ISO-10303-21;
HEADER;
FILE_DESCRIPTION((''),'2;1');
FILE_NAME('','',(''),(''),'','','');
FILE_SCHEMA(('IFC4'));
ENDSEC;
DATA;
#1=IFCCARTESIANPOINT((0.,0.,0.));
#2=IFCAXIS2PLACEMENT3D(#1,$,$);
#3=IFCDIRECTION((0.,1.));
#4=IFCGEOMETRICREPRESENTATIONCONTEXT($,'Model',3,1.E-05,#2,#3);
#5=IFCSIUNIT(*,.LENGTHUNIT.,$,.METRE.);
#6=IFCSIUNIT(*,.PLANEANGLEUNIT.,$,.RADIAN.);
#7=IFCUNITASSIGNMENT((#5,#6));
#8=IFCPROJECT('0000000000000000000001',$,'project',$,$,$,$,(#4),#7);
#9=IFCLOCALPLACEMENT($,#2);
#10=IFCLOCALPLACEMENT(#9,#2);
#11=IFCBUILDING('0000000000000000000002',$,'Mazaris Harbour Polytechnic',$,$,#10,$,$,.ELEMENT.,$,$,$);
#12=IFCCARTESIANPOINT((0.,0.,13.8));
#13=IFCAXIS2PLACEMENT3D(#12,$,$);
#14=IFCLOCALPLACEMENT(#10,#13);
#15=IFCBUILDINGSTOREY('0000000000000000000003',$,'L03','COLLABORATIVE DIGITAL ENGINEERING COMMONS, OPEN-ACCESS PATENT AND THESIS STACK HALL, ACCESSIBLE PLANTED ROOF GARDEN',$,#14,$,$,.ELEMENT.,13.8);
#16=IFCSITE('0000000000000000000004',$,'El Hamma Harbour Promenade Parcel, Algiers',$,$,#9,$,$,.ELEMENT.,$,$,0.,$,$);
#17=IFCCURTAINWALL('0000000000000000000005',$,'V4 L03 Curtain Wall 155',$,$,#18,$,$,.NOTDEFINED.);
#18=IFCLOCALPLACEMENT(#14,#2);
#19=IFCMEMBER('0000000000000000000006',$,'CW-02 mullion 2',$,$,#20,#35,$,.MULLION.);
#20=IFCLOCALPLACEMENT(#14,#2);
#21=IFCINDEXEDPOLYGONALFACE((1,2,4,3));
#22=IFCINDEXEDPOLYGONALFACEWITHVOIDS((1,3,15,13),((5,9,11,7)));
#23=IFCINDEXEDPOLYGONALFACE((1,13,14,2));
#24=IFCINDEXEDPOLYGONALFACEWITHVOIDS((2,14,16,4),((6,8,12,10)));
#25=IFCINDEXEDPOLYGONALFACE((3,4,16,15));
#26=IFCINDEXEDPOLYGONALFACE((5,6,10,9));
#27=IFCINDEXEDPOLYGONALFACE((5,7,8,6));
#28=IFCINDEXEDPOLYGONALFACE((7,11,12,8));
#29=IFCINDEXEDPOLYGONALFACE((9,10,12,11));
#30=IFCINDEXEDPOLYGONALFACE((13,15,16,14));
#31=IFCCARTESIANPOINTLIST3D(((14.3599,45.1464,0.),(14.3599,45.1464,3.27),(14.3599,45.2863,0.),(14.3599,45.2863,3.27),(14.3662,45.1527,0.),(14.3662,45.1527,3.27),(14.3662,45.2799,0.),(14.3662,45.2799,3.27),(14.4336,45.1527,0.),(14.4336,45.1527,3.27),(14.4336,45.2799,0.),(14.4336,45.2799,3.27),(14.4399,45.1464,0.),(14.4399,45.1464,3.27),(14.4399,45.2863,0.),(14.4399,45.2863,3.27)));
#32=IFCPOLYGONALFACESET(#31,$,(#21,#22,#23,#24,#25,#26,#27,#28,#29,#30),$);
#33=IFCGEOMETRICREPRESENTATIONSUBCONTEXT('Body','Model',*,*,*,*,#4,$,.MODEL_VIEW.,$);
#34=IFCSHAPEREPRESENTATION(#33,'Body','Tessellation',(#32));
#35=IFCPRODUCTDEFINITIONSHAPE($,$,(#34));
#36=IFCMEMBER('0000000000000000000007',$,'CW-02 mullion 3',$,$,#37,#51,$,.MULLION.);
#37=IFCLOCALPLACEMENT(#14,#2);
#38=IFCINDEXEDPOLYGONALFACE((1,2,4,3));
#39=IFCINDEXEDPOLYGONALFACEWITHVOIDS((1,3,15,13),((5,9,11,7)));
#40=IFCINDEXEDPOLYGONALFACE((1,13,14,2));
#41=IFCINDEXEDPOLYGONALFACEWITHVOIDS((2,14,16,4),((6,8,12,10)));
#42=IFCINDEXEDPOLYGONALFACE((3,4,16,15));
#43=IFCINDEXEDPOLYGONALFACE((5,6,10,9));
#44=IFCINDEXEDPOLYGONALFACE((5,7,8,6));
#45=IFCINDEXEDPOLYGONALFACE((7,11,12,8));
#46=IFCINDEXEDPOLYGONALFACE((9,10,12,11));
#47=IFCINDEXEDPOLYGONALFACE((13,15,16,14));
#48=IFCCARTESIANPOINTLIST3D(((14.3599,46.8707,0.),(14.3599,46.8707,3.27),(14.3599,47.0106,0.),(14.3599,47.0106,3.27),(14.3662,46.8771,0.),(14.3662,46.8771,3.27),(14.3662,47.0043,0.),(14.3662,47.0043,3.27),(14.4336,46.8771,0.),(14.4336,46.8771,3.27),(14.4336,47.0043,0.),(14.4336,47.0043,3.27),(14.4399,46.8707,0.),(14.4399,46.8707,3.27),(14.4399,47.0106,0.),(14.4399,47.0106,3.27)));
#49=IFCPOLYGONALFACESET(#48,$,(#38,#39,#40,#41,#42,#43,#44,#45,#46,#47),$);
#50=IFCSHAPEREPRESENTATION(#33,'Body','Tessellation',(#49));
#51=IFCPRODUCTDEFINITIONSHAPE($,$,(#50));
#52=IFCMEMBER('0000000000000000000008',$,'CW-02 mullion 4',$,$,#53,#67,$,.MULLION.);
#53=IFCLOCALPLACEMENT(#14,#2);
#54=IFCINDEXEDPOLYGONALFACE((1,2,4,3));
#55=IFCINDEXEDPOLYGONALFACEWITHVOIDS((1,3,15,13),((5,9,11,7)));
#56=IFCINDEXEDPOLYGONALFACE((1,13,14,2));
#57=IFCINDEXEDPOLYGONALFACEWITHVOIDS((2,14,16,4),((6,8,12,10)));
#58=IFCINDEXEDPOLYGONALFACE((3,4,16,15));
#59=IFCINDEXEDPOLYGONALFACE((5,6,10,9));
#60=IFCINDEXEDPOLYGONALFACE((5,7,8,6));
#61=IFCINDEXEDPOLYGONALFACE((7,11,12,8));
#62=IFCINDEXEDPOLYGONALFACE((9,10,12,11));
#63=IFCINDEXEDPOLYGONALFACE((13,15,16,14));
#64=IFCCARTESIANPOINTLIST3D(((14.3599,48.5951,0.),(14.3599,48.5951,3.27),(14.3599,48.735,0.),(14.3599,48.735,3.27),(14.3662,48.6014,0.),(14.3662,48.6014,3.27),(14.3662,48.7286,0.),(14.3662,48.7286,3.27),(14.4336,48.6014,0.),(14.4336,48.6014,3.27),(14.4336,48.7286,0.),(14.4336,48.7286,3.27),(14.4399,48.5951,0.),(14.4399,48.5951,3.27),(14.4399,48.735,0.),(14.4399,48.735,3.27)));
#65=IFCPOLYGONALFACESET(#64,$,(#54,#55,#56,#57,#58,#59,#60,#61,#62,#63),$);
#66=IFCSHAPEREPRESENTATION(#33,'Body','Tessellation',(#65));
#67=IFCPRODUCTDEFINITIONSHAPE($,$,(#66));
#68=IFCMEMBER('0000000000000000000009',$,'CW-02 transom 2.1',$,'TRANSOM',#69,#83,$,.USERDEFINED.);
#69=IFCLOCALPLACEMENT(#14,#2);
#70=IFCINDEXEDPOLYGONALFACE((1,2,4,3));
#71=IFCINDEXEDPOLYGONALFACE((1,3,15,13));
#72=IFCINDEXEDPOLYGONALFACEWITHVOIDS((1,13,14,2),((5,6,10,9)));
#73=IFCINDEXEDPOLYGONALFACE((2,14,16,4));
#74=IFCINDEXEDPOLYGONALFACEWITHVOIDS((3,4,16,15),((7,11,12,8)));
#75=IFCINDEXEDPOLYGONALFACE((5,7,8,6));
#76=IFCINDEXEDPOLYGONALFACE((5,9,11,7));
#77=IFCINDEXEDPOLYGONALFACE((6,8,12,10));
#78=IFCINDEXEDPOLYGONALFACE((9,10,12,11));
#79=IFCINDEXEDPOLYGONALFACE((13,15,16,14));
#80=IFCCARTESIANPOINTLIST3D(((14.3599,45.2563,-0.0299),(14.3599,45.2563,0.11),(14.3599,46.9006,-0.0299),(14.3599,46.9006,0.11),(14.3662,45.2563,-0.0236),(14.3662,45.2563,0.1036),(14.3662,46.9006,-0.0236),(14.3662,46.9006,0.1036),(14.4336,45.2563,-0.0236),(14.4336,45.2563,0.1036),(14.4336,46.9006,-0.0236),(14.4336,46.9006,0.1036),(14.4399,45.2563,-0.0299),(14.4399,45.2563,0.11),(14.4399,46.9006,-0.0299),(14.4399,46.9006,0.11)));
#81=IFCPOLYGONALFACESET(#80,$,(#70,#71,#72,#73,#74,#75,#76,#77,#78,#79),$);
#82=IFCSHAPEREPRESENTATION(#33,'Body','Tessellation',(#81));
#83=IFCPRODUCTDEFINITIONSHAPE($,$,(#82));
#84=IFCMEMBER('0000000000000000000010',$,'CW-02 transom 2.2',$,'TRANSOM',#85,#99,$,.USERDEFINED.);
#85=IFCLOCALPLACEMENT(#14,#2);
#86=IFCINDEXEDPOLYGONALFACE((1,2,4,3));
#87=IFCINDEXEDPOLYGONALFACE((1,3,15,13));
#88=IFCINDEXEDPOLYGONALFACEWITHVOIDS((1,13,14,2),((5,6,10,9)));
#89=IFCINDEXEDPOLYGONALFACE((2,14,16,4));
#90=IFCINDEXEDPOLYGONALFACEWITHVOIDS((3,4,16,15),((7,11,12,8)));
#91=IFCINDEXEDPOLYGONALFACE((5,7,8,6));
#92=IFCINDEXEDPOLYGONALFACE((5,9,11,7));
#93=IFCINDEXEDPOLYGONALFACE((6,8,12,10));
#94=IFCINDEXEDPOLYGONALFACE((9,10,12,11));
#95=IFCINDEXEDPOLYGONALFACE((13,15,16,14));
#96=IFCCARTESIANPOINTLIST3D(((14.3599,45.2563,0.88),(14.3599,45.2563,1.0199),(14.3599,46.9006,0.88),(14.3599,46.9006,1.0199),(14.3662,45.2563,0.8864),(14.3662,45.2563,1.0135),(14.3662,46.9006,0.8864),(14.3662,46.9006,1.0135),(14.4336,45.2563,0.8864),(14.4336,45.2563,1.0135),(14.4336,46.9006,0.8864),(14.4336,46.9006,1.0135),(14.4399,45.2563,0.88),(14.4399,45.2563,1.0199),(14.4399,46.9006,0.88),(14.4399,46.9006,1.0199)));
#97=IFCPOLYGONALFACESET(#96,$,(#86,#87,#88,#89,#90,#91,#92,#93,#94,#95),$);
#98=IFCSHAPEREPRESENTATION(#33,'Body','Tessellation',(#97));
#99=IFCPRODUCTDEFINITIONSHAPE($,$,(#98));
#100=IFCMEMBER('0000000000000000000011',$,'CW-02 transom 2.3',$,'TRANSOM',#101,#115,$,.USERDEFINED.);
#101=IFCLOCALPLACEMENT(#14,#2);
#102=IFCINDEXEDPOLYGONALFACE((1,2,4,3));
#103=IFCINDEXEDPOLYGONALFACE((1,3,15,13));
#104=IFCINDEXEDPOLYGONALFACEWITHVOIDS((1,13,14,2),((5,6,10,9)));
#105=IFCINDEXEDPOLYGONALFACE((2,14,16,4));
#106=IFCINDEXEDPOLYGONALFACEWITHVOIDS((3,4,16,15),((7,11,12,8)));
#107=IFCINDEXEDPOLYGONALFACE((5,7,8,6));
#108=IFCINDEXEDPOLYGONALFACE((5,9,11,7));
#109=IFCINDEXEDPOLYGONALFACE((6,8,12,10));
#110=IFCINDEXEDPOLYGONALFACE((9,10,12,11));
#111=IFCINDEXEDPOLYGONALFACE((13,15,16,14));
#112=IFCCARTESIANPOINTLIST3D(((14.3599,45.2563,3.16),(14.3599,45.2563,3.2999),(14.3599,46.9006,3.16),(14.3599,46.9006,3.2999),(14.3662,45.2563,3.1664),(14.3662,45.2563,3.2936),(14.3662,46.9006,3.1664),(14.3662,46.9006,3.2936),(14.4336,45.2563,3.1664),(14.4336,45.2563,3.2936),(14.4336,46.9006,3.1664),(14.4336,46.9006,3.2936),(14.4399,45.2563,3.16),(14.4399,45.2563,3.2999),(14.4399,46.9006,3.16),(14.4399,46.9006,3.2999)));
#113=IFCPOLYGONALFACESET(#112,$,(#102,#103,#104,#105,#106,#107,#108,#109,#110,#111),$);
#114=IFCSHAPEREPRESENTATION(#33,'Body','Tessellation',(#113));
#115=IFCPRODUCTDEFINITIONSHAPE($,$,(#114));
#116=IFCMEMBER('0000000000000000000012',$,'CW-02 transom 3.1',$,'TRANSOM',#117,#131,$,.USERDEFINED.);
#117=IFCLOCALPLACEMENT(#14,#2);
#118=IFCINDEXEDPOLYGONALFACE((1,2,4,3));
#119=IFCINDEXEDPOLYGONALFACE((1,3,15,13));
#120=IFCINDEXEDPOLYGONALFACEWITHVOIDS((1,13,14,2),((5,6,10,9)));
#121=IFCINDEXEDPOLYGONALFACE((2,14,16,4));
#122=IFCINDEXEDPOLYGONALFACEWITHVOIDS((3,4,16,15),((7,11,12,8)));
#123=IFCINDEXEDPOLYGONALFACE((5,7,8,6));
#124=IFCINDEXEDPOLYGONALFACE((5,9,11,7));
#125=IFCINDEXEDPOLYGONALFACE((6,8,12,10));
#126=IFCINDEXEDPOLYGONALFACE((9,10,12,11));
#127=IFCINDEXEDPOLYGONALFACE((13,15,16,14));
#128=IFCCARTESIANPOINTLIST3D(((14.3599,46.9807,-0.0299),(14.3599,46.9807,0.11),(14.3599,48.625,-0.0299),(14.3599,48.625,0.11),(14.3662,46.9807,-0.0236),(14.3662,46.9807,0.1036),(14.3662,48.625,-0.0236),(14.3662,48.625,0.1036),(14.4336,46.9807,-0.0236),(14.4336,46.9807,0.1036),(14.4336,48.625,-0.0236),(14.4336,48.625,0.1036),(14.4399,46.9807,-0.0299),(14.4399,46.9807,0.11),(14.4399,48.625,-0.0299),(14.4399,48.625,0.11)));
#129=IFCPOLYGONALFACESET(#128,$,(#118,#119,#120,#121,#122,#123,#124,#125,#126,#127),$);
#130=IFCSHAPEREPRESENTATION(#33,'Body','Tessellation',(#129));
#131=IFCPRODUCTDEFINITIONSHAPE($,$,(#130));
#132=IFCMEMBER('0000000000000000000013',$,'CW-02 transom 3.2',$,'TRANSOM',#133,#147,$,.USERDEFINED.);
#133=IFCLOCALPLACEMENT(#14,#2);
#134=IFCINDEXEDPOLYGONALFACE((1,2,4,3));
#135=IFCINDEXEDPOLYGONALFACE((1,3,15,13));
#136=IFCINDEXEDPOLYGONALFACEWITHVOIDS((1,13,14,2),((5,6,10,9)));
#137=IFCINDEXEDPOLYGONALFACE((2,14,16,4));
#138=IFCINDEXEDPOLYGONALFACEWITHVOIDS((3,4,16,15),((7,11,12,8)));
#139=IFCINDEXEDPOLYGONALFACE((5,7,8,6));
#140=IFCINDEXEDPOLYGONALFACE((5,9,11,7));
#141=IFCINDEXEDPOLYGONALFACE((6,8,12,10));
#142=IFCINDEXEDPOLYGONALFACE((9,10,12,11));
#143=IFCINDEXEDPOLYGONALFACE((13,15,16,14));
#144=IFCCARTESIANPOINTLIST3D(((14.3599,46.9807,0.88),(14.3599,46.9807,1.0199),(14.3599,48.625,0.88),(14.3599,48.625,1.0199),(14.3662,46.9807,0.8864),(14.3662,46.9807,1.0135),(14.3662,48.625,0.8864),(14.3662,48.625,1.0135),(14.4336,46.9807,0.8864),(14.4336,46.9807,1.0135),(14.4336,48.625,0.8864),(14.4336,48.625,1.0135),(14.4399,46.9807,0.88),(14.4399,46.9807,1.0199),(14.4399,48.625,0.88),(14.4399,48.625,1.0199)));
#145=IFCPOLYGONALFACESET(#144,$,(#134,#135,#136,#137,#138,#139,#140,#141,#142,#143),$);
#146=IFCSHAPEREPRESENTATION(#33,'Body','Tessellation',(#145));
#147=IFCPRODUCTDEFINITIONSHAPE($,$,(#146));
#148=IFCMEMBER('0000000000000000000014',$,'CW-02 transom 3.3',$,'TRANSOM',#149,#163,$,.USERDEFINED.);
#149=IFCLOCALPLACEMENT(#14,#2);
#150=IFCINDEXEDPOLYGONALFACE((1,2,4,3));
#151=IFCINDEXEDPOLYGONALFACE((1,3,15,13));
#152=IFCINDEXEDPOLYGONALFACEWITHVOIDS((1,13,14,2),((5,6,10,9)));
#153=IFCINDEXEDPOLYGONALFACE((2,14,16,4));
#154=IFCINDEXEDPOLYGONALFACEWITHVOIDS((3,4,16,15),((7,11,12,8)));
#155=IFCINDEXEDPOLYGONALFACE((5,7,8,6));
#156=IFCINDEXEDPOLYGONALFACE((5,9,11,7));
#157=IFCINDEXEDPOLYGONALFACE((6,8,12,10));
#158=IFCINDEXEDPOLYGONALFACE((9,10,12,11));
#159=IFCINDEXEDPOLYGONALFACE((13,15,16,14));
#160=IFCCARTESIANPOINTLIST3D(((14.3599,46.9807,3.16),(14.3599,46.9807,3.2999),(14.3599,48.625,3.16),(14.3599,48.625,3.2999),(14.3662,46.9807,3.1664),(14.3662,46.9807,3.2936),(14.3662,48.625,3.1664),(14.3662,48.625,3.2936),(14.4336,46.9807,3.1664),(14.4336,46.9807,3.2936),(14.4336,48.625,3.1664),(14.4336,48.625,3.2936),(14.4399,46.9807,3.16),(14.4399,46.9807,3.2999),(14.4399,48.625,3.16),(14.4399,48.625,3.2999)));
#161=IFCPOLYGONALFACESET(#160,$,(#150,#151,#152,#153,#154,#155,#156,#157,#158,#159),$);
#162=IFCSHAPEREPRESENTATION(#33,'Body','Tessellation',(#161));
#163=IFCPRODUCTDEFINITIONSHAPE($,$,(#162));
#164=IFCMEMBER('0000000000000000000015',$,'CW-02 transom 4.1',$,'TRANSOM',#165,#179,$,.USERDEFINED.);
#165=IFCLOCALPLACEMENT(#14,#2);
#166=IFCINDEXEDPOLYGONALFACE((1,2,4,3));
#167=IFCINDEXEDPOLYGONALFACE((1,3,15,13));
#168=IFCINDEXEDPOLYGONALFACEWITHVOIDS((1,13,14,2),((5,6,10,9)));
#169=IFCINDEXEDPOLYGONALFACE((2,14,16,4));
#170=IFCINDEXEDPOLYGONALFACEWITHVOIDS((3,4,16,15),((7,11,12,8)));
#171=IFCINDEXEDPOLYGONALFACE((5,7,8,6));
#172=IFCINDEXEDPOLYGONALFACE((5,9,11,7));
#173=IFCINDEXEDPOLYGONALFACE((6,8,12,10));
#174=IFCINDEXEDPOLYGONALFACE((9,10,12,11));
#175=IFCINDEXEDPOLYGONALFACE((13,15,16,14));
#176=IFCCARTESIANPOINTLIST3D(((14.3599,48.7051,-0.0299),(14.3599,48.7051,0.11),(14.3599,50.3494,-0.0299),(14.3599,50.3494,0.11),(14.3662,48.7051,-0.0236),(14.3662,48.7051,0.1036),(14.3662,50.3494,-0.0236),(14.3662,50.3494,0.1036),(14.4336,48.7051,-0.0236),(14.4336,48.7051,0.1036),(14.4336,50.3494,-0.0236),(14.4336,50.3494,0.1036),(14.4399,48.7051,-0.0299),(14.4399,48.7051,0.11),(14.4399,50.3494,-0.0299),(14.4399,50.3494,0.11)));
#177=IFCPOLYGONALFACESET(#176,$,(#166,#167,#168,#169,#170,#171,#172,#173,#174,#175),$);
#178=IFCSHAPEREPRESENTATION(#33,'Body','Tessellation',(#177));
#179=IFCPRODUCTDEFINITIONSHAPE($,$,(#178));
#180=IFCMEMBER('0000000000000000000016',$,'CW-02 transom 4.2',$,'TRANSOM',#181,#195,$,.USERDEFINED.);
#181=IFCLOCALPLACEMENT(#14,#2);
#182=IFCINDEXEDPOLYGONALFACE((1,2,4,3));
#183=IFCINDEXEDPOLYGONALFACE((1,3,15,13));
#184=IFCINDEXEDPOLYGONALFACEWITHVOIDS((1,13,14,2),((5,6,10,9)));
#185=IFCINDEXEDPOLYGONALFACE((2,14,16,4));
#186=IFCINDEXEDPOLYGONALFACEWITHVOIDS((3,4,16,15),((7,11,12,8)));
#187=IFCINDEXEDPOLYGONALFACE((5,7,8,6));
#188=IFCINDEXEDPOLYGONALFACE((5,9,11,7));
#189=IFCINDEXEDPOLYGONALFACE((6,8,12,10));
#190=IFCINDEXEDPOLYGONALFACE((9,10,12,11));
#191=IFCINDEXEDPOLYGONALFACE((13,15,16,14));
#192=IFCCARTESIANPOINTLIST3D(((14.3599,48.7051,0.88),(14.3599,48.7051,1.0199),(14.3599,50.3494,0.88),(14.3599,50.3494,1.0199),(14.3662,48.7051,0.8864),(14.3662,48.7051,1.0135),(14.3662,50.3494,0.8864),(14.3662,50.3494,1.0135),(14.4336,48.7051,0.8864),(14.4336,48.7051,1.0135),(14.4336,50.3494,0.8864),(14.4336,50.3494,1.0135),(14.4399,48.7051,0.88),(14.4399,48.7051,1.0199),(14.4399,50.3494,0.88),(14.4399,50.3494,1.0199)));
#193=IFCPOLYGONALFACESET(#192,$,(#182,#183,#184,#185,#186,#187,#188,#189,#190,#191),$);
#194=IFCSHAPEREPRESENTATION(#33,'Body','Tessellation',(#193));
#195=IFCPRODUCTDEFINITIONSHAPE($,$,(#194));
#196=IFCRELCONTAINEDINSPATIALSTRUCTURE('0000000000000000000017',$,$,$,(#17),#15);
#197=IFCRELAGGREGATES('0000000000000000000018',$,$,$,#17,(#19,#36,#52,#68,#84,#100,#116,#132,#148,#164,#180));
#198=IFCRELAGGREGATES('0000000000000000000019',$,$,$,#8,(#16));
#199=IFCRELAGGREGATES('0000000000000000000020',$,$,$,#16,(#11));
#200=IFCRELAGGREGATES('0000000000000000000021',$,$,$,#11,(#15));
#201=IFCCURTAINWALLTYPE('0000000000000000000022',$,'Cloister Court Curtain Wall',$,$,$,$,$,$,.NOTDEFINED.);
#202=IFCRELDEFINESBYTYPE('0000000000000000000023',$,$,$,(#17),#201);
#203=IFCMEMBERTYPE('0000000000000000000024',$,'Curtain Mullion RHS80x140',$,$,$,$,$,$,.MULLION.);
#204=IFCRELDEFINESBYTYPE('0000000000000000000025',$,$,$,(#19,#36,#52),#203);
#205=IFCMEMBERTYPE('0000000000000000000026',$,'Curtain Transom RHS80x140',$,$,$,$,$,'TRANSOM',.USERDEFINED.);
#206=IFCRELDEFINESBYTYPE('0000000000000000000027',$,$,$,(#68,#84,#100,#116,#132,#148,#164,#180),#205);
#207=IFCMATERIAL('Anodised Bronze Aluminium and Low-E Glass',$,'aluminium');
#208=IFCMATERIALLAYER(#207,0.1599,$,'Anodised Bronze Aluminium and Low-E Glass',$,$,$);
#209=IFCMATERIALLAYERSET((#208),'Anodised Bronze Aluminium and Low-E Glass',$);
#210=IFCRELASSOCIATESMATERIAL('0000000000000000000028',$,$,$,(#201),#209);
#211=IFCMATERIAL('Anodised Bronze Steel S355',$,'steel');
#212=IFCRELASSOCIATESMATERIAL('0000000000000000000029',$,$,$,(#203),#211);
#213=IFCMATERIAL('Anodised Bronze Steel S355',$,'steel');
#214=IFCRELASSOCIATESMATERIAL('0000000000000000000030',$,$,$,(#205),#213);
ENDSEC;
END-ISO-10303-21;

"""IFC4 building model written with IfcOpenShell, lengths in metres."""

from ifc_helpers import new_model, si_unit, direction, frame, origin, origin_2d, place, context, subcontext, project, spatial, hollow_rectangle, extrude, material, layer, layer_set, material_profile, profile_set, type_object, element, aggregate, save


model = new_model("IFC4")

# Units and contexts
model_context = context("Model", 3, precision=1e-05, world=origin(), true_north=direction((0.0, 1.0)))
body_context = subcontext(model_context, "Body", "Model", "MODEL_VIEW")
ifc_project = project(units=[si_unit("LENGTHUNIT", "METRE"), si_unit("PLANEANGLEUNIT", "RADIAN")], contexts=[model_context])

# Site, building, storey
site_placement = place(None, origin())
site = spatial("IfcSite", under=ifc_project, at=site_placement, Name="El Hamma Harbour Promenade Parcel, Algiers", CompositionType="ELEMENT", RefElevation=0.0)
building_placement = place(site_placement, origin())
building = spatial("IfcBuilding", under=site, at=building_placement, Name="Mazaris Harbour Polytechnic", CompositionType="ELEMENT")
storey_placement = place(building_placement, frame((0.0, 0.0, 13.8)))
storey = spatial("IfcBuildingStorey", under=building, at=storey_placement, Name="L03", Description="COLLABORATIVE DIGITAL ENGINEERING COMMONS, OPEN-ACCESS PATENT AND THESIS STACK HALL, ACCESSIBLE PLANTED ROOF GARDEN", CompositionType="ELEMENT", Elevation=13.8)

# Curtain wall, members
ifc_material_1 = material(Name="Anodised Bronze Aluminium and Low-E Glass", Category="aluminium")
ifc_layer_1 = layer(ifc_material_1, 0.1599, Name="Anodised Bronze Aluminium and Low-E Glass")
ifc_layer_set_1 = layer_set([ifc_layer_1], Name="Anodised Bronze Aluminium and Low-E Glass")
curtain_wall_type = type_object("IfcCurtainWallType", Name="Cloister Court Curtain Wall", PredefinedType="NOTDEFINED", material=ifc_layer_set_1)
curtain_wall_placement = place(storey_placement, origin())
curtain_wall = element("IfcCurtainWall", 1, at=curtain_wall_placement, inside=storey, type_object=curtain_wall_type, Name="V4 L03 Curtain Wall 155", PredefinedType="NOTDEFINED")
ifc_material_2 = material(Name="Anodised Bronze Steel S355", Category="steel")
ifc_material_profile_1 = material_profile(ifc_material_2, hollow_rectangle(XDim=0.0801, YDim=0.1399, WallThickness=0.0063, at=origin_2d()), Name="RHS 80x140x6.3")
ifc_profile_set_1 = profile_set([ifc_material_profile_1], Name="Anodised Bronze Steel S355")
member_type_1 = type_object("IfcMemberType", Name="Curtain Mullion RHS80x140", PredefinedType="MULLION", material=ifc_profile_set_1)
member_1_placement = place(storey_placement, frame((14.3999, 45.2163, 0.0), z_axis=(0.0, 0.0, 1.0), x_axis=(-1.0, 0.0, 0.0)))
member_1 = element("IfcMember", 2, at=member_1_placement, type_object=member_type_1, Name="CW-02 mullion 2", PredefinedType="MULLION", context=body_context, shape_type="SweptSolid", body=[
    extrude(hollow_rectangle(XDim=0.0801, YDim=0.1399, WallThickness=0.0063, at=origin_2d()), origin(), (0.0, 0.0, 1.0), 3.27),
])
member_2_placement = place(storey_placement, frame((14.3999, 46.9407, 0.0), z_axis=(0.0, 0.0, 1.0), x_axis=(-1.0, 0.0, 0.0)))
member_2 = element("IfcMember", 3, at=member_2_placement, type_object=member_type_1, Name="CW-02 mullion 3", PredefinedType="MULLION", context=body_context, shape_type="SweptSolid", body=[
    extrude(hollow_rectangle(XDim=0.0801, YDim=0.1399, WallThickness=0.0063, at=origin_2d()), origin(), (0.0, 0.0, 1.0), 3.27),
])
member_3_placement = place(storey_placement, frame((14.3999, 48.665, 0.0), z_axis=(0.0, 0.0, 1.0), x_axis=(-1.0, 0.0, 0.0)))
member_3 = element("IfcMember", 4, at=member_3_placement, type_object=member_type_1, Name="CW-02 mullion 4", PredefinedType="MULLION", context=body_context, shape_type="SweptSolid", body=[
    extrude(hollow_rectangle(XDim=0.0801, YDim=0.1399, WallThickness=0.0063, at=origin_2d()), origin(), (0.0, 0.0, 1.0), 3.27),
])
ifc_material_3 = material(Name="Anodised Bronze Steel S355", Category="steel")
ifc_material_profile_2 = material_profile(ifc_material_3, hollow_rectangle(XDim=0.0801, YDim=0.1399, WallThickness=0.0063, at=origin_2d()), Name="RHS 80x140x6.3")
ifc_profile_set_2 = profile_set([ifc_material_profile_2], Name="Anodised Bronze Steel S355")
member_type_2 = type_object("IfcMemberType", Name="Curtain Transom RHS80x140", ElementType="TRANSOM", PredefinedType="USERDEFINED", material=ifc_profile_set_2)
member_4_placement = place(storey_placement, frame((14.3999, 45.2563, 0.04), z_axis=(0.0, 1.0, 0.0), x_axis=(-1.0, 0.0, 0.0)))
member_4 = element("IfcMember", 5, at=member_4_placement, type_object=member_type_2, Name="CW-02 transom 2.1", ObjectType="TRANSOM", PredefinedType="USERDEFINED", context=body_context, shape_type="SweptSolid", body=[
    extrude(hollow_rectangle(XDim=0.0801, YDim=0.1399, WallThickness=0.0063, at=origin_2d()), origin(), (0.0, 0.0, 1.0), 1.6443),
])
member_5_placement = place(storey_placement, frame((14.3999, 45.2563, 0.95), z_axis=(0.0, 1.0, 0.0), x_axis=(-1.0, 0.0, 0.0)))
member_5 = element("IfcMember", 6, at=member_5_placement, type_object=member_type_2, Name="CW-02 transom 2.2", ObjectType="TRANSOM", PredefinedType="USERDEFINED", context=body_context, shape_type="SweptSolid", body=[
    extrude(hollow_rectangle(XDim=0.0801, YDim=0.1399, WallThickness=0.0063, at=origin_2d()), origin(), (0.0, 0.0, 1.0), 1.6443),
])
member_6_placement = place(storey_placement, frame((14.3999, 45.2563, 3.23), z_axis=(0.0, 1.0, 0.0), x_axis=(-1.0, 0.0, 0.0)))
member_6 = element("IfcMember", 7, at=member_6_placement, type_object=member_type_2, Name="CW-02 transom 2.3", ObjectType="TRANSOM", PredefinedType="USERDEFINED", context=body_context, shape_type="SweptSolid", body=[
    extrude(hollow_rectangle(XDim=0.0801, YDim=0.1399, WallThickness=0.0063, at=origin_2d()), origin(), (0.0, 0.0, 1.0), 1.6443),
])
member_7_placement = place(storey_placement, frame((14.3999, 46.9807, 0.04), z_axis=(0.0, 1.0, 0.0), x_axis=(-1.0, 0.0, 0.0)))
member_7 = element("IfcMember", 8, at=member_7_placement, type_object=member_type_2, Name="CW-02 transom 3.1", ObjectType="TRANSOM", PredefinedType="USERDEFINED", context=body_context, shape_type="SweptSolid", body=[
    extrude(hollow_rectangle(XDim=0.0801, YDim=0.1399, WallThickness=0.0063, at=origin_2d()), origin(), (0.0, 0.0, 1.0), 1.6443),
])
member_8_placement = place(storey_placement, frame((14.3999, 46.9807, 0.95), z_axis=(0.0, 1.0, 0.0), x_axis=(-1.0, 0.0, 0.0)))
member_8 = element("IfcMember", 9, at=member_8_placement, type_object=member_type_2, Name="CW-02 transom 3.2", ObjectType="TRANSOM", PredefinedType="USERDEFINED", context=body_context, shape_type="SweptSolid", body=[
    extrude(hollow_rectangle(XDim=0.0801, YDim=0.1399, WallThickness=0.0063, at=origin_2d()), origin(), (0.0, 0.0, 1.0), 1.6443),
])
member_9_placement = place(storey_placement, frame((14.3999, 46.9807, 3.23), z_axis=(0.0, 1.0, 0.0), x_axis=(-1.0, 0.0, 0.0)))
member_9 = element("IfcMember", 10, at=member_9_placement, type_object=member_type_2, Name="CW-02 transom 3.3", ObjectType="TRANSOM", PredefinedType="USERDEFINED", context=body_context, shape_type="SweptSolid", body=[
    extrude(hollow_rectangle(XDim=0.0801, YDim=0.1399, WallThickness=0.0063, at=origin_2d()), origin(), (0.0, 0.0, 1.0), 1.6443),
])
member_10_placement = place(storey_placement, frame((14.3999, 48.7051, 0.04), z_axis=(0.0, 1.0, 0.0), x_axis=(-1.0, 0.0, 0.0)))
member_10 = element("IfcMember", 11, at=member_10_placement, type_object=member_type_2, Name="CW-02 transom 4.1", ObjectType="TRANSOM", PredefinedType="USERDEFINED", context=body_context, shape_type="SweptSolid", body=[
    extrude(hollow_rectangle(XDim=0.0801, YDim=0.1399, WallThickness=0.0063, at=origin_2d()), origin(), (0.0, 0.0, 1.0), 1.6443),
])
member_11_placement = place(storey_placement, frame((14.3999, 48.7051, 0.95), z_axis=(0.0, 1.0, 0.0), x_axis=(-1.0, 0.0, 0.0)))
member_11 = element("IfcMember", 12, at=member_11_placement, type_object=member_type_2, Name="CW-02 transom 4.2", ObjectType="TRANSOM", PredefinedType="USERDEFINED", context=body_context, shape_type="SweptSolid", body=[
    extrude(hollow_rectangle(XDim=0.0801, YDim=0.1399, WallThickness=0.0063, at=origin_2d()), origin(), (0.0, 0.0, 1.0), 1.6443),
])
aggregate(curtain_wall, [member_1, member_2, member_3, member_4, member_5, member_6, member_7, member_8, member_9, member_10, member_11])

save(model, "model.ifc")
